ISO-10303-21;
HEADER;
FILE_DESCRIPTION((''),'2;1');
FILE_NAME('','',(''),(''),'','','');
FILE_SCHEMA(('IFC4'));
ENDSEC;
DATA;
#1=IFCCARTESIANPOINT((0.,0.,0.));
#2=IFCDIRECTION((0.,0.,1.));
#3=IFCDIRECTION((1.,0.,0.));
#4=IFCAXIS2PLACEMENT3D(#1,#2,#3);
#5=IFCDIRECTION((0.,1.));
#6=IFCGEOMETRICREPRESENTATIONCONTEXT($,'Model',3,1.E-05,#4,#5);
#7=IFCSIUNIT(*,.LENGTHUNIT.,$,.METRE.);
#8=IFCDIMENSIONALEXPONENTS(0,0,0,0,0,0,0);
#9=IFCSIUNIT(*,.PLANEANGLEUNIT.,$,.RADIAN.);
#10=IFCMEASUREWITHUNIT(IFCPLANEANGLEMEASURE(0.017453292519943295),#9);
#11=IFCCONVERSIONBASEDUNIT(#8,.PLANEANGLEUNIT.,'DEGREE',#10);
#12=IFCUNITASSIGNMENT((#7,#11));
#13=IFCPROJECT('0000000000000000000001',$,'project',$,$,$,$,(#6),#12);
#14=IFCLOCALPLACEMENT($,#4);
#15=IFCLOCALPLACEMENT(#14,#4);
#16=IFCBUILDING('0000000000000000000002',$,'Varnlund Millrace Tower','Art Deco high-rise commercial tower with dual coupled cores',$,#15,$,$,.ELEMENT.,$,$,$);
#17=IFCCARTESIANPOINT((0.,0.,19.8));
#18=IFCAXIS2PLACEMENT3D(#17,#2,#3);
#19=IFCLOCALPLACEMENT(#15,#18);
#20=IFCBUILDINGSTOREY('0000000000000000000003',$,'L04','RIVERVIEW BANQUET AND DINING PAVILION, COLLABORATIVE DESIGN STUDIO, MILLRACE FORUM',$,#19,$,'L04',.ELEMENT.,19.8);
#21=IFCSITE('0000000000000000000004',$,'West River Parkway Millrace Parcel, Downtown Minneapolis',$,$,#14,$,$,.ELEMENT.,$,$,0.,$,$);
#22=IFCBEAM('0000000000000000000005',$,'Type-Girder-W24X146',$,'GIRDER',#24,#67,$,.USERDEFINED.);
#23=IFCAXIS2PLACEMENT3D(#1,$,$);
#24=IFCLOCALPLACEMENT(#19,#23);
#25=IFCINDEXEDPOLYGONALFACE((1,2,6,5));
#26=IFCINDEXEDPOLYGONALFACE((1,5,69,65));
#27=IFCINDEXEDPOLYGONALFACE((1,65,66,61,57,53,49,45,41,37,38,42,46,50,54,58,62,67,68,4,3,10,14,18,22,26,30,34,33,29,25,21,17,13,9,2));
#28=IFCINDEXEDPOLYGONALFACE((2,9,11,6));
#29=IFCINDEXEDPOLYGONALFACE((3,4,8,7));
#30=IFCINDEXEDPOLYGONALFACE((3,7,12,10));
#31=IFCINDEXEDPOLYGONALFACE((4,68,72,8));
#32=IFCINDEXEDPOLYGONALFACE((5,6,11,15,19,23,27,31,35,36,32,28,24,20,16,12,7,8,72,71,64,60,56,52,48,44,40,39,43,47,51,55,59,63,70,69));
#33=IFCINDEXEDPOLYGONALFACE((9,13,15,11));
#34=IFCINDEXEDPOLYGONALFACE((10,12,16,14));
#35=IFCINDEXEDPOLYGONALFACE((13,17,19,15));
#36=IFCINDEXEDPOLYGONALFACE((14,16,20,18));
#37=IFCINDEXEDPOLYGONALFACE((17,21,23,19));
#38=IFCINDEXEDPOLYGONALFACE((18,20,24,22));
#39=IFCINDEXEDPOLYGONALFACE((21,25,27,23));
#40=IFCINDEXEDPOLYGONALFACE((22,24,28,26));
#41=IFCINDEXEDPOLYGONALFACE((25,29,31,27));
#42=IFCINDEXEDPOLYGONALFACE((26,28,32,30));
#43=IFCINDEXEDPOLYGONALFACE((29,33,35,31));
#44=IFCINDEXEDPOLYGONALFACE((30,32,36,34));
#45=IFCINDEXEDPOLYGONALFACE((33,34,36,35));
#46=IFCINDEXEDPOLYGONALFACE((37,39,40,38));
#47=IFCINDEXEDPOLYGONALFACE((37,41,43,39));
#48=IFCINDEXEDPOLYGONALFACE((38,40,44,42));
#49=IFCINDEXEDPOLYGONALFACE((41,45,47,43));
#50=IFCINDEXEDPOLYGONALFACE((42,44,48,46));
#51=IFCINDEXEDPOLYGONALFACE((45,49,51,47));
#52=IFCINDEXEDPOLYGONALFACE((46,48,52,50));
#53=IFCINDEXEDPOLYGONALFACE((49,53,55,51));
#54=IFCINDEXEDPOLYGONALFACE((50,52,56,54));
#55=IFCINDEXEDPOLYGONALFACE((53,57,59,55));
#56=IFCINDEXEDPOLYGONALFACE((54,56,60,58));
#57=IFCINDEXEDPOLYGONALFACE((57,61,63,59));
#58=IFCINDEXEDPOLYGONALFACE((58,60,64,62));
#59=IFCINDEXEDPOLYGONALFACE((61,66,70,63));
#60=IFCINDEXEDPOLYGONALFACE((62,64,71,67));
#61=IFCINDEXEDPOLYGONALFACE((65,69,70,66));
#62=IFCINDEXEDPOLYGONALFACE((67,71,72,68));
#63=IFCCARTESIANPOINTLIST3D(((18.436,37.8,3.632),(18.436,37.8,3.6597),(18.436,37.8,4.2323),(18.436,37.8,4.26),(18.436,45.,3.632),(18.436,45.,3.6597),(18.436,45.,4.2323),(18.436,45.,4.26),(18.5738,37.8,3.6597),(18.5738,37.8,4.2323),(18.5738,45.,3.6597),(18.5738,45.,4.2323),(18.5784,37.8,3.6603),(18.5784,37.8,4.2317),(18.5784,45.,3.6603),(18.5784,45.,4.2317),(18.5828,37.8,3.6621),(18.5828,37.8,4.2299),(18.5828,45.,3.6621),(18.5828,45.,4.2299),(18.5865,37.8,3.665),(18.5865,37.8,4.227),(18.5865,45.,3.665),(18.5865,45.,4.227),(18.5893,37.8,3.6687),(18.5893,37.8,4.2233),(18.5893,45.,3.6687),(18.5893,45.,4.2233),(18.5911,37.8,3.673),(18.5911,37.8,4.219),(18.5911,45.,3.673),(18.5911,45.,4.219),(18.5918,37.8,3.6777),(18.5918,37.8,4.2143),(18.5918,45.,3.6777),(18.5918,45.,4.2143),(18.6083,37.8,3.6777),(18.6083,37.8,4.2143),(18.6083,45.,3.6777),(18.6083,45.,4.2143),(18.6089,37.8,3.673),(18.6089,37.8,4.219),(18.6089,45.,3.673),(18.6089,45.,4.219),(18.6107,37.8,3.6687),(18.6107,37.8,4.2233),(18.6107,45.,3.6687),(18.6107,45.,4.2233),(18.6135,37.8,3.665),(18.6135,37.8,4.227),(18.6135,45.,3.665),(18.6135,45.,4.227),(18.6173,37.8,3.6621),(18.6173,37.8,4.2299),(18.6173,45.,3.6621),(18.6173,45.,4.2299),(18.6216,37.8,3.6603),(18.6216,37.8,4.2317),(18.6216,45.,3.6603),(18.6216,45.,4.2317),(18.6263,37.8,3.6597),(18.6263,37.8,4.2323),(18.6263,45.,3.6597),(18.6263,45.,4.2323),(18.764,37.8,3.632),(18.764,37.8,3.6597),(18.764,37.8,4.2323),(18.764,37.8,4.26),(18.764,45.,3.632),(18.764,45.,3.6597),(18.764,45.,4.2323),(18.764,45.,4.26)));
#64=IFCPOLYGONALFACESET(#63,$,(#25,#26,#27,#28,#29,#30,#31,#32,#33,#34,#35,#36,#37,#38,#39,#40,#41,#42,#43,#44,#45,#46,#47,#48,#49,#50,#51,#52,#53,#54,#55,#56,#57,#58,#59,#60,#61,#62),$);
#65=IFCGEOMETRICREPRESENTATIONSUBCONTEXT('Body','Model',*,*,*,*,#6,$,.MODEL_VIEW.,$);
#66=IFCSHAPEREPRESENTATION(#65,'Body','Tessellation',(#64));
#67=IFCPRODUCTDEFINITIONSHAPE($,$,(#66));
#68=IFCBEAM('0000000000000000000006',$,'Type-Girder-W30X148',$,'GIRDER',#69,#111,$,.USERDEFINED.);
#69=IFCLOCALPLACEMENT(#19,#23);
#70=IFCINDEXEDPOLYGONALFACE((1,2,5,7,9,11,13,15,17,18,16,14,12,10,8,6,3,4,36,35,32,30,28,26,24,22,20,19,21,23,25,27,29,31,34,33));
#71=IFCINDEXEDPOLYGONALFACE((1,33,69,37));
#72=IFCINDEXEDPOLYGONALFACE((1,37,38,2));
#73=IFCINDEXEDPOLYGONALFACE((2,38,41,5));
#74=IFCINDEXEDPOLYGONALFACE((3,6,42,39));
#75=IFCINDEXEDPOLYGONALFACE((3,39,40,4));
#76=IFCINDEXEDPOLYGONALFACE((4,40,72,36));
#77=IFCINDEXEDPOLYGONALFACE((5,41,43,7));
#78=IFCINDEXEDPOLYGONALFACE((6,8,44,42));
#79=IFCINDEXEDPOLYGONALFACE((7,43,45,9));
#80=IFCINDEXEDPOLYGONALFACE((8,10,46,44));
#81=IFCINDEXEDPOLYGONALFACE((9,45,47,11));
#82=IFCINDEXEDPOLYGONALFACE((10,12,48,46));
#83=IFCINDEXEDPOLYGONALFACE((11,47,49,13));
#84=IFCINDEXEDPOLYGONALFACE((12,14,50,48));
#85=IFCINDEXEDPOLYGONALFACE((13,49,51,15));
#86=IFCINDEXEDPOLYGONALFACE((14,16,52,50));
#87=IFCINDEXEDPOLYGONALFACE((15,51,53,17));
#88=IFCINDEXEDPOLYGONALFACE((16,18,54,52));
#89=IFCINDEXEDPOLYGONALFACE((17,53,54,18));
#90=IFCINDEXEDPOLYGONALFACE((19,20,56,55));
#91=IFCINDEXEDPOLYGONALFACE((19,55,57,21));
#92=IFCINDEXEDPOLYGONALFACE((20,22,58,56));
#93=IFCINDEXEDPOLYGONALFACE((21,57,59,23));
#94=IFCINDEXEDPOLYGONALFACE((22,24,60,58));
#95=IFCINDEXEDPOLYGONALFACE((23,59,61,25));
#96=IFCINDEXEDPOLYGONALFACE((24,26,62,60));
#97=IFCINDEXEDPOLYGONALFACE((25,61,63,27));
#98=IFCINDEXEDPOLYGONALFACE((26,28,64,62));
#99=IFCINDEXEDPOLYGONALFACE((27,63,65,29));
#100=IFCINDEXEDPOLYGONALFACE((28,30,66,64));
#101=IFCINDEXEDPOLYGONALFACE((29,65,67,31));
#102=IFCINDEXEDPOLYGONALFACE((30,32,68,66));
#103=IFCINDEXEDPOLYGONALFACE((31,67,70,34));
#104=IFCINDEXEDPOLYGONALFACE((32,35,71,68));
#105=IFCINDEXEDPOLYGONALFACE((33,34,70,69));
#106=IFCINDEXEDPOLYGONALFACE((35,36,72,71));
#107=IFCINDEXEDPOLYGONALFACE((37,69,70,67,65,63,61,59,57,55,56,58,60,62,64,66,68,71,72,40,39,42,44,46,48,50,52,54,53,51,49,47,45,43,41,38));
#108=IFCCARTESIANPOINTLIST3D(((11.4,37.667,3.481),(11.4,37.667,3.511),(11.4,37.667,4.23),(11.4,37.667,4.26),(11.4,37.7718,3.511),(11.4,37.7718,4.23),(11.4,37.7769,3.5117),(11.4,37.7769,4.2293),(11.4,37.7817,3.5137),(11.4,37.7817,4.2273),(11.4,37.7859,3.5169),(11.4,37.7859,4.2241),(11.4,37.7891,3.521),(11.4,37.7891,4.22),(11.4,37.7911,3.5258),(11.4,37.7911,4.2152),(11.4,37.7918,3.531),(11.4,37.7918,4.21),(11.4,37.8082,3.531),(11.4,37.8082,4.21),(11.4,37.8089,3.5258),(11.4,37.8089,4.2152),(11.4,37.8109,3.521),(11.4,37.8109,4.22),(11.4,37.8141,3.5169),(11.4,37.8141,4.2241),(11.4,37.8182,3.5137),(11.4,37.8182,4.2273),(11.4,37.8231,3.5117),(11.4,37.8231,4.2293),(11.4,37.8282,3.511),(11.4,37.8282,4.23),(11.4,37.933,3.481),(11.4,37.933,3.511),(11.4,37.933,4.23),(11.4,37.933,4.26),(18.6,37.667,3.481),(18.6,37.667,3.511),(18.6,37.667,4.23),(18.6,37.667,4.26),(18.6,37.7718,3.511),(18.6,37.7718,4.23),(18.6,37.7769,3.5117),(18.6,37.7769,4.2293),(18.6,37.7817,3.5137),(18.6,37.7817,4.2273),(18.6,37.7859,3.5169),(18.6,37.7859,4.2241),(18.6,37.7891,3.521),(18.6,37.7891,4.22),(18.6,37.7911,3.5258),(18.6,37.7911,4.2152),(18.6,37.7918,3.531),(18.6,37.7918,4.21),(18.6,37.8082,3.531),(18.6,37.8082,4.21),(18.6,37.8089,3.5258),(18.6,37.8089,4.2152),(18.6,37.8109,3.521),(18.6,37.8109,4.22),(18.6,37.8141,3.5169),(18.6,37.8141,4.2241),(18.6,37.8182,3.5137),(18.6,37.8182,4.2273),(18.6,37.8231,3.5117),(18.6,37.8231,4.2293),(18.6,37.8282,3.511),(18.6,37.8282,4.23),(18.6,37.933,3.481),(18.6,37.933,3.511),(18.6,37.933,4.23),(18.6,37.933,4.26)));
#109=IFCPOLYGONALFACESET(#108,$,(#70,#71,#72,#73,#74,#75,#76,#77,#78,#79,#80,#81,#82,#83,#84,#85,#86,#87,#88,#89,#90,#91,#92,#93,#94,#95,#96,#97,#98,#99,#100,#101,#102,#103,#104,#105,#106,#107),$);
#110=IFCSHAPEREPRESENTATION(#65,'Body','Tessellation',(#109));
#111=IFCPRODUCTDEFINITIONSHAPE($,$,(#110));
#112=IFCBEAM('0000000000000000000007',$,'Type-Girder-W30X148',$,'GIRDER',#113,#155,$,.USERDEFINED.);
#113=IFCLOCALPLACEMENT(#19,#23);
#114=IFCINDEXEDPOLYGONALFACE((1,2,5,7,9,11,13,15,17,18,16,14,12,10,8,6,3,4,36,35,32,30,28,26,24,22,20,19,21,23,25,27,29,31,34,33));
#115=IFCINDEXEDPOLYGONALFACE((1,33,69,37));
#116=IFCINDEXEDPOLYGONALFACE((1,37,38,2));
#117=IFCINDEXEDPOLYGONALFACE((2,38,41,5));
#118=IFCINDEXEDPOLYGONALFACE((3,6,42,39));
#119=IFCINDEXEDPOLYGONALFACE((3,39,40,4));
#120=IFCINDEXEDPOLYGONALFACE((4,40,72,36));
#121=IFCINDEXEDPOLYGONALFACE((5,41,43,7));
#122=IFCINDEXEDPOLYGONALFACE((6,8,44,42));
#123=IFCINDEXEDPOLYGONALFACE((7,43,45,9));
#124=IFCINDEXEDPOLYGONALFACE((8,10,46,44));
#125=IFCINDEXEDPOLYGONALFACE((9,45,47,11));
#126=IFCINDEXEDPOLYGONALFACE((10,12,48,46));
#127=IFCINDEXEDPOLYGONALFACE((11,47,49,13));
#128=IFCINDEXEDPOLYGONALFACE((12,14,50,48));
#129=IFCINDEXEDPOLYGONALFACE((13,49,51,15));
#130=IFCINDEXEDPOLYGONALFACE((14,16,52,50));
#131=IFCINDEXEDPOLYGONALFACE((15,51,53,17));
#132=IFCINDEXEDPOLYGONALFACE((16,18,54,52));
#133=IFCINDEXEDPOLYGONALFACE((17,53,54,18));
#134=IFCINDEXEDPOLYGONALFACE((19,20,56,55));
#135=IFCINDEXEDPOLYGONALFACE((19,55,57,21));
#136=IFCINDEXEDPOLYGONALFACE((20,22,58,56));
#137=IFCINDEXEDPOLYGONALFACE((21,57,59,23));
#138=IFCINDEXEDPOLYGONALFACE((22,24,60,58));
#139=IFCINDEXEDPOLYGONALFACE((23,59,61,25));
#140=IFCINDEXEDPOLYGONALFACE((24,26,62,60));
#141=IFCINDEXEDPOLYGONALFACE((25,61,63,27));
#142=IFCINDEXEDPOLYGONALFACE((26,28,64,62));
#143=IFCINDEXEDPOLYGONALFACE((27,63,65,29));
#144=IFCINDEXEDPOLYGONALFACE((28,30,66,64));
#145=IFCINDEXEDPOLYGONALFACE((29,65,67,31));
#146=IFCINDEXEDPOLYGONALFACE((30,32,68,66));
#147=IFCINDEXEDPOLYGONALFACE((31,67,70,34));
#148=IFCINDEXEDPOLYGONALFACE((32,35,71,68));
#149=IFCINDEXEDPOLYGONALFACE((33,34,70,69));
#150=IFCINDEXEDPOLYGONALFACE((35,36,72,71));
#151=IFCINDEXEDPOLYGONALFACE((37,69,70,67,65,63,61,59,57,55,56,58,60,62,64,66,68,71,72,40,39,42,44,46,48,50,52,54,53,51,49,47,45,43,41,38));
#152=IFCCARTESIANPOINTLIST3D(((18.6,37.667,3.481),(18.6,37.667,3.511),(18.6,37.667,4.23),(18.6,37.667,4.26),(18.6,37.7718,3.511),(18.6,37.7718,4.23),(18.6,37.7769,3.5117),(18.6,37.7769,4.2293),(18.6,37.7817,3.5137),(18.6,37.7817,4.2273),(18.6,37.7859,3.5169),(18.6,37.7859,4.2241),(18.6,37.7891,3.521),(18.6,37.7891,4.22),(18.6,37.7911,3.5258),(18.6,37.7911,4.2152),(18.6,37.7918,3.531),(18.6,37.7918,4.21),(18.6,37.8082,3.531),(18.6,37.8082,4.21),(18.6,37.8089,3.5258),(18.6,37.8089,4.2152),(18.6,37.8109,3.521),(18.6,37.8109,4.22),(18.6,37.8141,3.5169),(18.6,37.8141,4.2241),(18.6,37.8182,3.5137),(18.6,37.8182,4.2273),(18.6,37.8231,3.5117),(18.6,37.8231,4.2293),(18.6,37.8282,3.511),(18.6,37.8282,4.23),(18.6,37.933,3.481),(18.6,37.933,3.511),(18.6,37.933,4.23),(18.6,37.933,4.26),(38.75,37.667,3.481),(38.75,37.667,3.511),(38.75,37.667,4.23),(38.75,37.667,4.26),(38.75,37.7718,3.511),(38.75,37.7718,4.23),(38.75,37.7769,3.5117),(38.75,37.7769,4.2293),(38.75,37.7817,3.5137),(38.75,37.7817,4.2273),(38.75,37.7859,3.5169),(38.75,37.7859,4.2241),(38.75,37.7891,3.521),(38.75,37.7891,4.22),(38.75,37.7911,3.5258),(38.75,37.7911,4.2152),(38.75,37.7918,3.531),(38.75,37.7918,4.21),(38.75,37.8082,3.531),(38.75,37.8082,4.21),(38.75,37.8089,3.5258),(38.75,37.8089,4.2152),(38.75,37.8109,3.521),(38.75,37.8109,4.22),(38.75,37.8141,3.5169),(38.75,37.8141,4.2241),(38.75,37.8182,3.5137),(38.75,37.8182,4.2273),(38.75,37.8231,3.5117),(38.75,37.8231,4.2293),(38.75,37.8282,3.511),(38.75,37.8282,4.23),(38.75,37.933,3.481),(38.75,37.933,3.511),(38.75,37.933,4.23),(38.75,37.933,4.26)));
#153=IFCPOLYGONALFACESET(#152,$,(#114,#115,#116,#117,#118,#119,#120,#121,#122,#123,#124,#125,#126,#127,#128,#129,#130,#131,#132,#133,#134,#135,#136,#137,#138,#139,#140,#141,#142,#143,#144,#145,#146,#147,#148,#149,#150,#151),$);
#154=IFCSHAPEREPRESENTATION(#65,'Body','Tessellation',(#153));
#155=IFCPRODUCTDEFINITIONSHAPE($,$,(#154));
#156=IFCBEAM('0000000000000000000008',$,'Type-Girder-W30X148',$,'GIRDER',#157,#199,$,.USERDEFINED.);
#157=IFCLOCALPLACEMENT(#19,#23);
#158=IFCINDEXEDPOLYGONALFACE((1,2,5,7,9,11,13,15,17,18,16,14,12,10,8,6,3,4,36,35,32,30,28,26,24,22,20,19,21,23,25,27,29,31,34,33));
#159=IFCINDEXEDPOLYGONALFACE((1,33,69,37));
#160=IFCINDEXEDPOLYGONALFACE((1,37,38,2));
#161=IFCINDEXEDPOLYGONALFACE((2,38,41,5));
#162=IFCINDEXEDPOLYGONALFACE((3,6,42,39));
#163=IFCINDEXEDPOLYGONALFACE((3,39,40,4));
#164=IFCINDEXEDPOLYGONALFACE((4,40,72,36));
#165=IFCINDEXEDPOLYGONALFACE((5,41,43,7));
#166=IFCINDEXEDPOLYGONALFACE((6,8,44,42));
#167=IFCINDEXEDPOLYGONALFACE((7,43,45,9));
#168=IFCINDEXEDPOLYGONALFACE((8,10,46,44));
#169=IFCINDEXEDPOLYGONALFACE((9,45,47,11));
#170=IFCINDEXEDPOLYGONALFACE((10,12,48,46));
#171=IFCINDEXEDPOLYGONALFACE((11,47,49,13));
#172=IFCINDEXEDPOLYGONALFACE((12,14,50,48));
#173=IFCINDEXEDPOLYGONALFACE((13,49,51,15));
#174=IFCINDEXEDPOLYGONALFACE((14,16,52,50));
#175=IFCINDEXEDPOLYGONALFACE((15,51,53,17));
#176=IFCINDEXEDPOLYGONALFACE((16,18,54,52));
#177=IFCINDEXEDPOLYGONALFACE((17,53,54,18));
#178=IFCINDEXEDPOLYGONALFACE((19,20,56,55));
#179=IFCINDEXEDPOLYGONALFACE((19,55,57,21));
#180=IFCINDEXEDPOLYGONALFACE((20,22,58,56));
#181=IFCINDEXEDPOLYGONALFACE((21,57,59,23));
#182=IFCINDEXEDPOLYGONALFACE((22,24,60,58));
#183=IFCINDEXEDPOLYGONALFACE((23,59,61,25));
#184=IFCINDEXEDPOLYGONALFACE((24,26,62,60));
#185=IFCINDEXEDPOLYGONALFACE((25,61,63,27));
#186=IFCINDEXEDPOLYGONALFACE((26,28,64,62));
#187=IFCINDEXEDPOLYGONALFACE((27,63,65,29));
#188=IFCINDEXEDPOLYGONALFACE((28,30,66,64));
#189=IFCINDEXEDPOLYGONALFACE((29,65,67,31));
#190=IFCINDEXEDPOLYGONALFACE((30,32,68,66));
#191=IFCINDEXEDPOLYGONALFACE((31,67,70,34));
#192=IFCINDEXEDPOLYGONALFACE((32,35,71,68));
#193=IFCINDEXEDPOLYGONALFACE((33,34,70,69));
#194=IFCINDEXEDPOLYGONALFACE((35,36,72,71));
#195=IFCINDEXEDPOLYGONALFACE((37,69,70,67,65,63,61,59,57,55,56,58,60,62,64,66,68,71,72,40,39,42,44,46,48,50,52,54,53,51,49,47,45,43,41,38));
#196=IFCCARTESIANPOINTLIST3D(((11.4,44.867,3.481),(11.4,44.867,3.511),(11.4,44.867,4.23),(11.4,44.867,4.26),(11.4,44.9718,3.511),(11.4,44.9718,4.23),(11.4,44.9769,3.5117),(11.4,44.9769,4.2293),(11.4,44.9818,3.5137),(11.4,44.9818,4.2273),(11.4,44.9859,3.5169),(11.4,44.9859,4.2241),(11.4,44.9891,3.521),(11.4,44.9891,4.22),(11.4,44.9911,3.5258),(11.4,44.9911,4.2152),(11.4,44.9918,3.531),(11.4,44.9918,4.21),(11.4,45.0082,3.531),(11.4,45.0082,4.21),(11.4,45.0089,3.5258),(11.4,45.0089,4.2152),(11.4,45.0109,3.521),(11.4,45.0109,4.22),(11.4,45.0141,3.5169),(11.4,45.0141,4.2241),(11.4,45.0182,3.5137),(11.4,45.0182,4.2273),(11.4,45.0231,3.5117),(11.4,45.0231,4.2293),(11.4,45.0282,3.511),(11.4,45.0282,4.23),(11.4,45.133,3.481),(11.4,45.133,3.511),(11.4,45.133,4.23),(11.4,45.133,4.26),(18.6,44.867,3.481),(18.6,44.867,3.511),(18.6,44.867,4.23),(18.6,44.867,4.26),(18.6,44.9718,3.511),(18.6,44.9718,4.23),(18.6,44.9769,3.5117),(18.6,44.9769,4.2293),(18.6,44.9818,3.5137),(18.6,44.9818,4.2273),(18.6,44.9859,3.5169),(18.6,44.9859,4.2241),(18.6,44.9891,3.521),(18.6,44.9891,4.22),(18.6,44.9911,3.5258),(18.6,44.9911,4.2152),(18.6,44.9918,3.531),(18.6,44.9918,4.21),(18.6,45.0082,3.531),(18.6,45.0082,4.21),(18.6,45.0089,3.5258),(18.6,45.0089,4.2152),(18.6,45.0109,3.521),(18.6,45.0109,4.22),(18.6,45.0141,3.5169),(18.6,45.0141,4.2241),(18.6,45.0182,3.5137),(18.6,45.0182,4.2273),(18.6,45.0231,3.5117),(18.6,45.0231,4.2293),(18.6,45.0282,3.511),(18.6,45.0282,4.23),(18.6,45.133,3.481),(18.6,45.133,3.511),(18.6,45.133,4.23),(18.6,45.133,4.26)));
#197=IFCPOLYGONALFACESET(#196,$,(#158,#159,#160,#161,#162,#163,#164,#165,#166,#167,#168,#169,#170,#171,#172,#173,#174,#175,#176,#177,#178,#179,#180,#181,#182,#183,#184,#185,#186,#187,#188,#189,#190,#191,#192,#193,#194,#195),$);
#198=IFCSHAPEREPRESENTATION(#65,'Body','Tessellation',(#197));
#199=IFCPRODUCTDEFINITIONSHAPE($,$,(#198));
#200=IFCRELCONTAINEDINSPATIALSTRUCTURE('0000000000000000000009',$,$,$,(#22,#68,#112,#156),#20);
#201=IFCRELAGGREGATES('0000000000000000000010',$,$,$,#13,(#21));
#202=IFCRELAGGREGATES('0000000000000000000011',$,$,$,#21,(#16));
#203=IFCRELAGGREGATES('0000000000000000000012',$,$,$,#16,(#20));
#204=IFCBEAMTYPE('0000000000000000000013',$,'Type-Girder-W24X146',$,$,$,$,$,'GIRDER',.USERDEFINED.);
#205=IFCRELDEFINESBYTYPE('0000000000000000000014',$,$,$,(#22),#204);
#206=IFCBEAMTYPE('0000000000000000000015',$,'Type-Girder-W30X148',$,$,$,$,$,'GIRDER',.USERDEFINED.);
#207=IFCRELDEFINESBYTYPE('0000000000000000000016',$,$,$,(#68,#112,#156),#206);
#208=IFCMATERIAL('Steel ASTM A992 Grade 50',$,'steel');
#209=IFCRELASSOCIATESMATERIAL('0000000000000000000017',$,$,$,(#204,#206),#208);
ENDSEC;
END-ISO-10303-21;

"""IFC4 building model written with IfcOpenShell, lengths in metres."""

from ifc_helpers import new_model, entity, si_unit, converted_unit, direction, frame, origin_with_axes, origin_2d_with_axis, place, context, subcontext, project, spatial, i_section, extrude, material, material_profile, profile_set, type_object, element, save


model = new_model("IFC4")

# Units and contexts
model_context = context("Model", 3, precision=1e-05, world=origin_with_axes(), true_north=direction((0.0, 1.0)))
body_context = subcontext(model_context, "Body", "Model", "MODEL_VIEW")
ifc_project = project(units=[si_unit("LENGTHUNIT", "METRE"), converted_unit("PLANEANGLEUNIT", "DEGREE", entity("IfcPlaneAngleMeasure", 0.017453292519943295), si_unit("PLANEANGLEUNIT", "RADIAN"), dimensions=[0, 0, 0, 0, 0, 0, 0])], contexts=[model_context])

# Site, building, storey
site_placement = place(None, origin_with_axes())
site = spatial("IfcSite", under=ifc_project, at=site_placement, Name="West River Parkway Millrace Parcel, Downtown Minneapolis", CompositionType="ELEMENT", RefElevation=0.0)
building_placement = place(site_placement, origin_with_axes())
building = spatial("IfcBuilding", under=site, at=building_placement, Name="Varnlund Millrace Tower", Description="Art Deco high-rise commercial tower with dual coupled cores", CompositionType="ELEMENT")
storey_placement = place(building_placement, frame((0.0, 0.0, 19.8), z_axis=(0.0, 0.0, 1.0), x_axis=(1.0, 0.0, 0.0)))
storey = spatial("IfcBuildingStorey", under=building, at=storey_placement, Name="L04", Description="RIVERVIEW BANQUET AND DINING PAVILION, COLLABORATIVE DESIGN STUDIO, MILLRACE FORUM", LongName="L04", CompositionType="ELEMENT", Elevation=19.8)

# Beams
ifc_material_1 = material(Name="Steel ASTM A992 Grade 50", Category="steel")
ifc_material_profile_1 = material_profile(ifc_material_1, i_section(OverallWidth=0.328, OverallDepth=0.628, WebThickness=0.0165, FlangeThickness=0.0277, FilletRadius=0.018, at=origin_2d_with_axis()), Name="Steel ASTM A992 Grade 50")
ifc_profile_set_1 = profile_set([ifc_material_profile_1], Name="Steel ASTM A992 Grade 50")
beam_type_1 = type_object("IfcBeamType", Name="Type-Girder-W24X146", ElementType="GIRDER", PredefinedType="USERDEFINED", material=ifc_profile_set_1)
beam_1_placement = place(storey_placement, frame((18.6, 37.8, 3.946), z_axis=(0.0, 1.0, 0.0), x_axis=(-1.0, 0.0, 0.0)))
element("IfcBeam", 1, at=beam_1_placement, inside=storey, type_object=beam_type_1, Name="Type-Girder-W24X146", ObjectType="GIRDER", PredefinedType="USERDEFINED", context=body_context, shape_type="SweptSolid", body=[
    extrude(i_section(OverallWidth=0.328, OverallDepth=0.628, WebThickness=0.0165, FlangeThickness=0.0277, FilletRadius=0.018, at=origin_2d_with_axis()), origin_with_axes(), (0.0, 0.0, 1.0), 7.2),
])
ifc_material_profile_2 = material_profile(ifc_material_1, i_section(OverallWidth=0.266, OverallDepth=0.779, WebThickness=0.0165, FlangeThickness=0.03, FilletRadius=0.02, at=origin_2d_with_axis()), Name="Steel ASTM A992 Grade 50")
ifc_profile_set_2 = profile_set([ifc_material_profile_2], Name="Steel ASTM A992 Grade 50")
beam_type_2 = type_object("IfcBeamType", Name="Type-Girder-W30X148", ElementType="GIRDER", PredefinedType="USERDEFINED", material=ifc_profile_set_2)
beam_2_placement = place(storey_placement, frame((11.4, 37.8, 3.8705), z_axis=(1.0, 0.0, 0.0), x_axis=(0.0, 1.0, 0.0)))
element("IfcBeam", 2, at=beam_2_placement, inside=storey, type_object=beam_type_2, Name="Type-Girder-W30X148", ObjectType="GIRDER", PredefinedType="USERDEFINED", context=body_context, shape_type="SweptSolid", body=[
    extrude(i_section(OverallWidth=0.266, OverallDepth=0.779, WebThickness=0.0165, FlangeThickness=0.03, FilletRadius=0.02, at=origin_2d_with_axis()), origin_with_axes(), (0.0, 0.0, 1.0), 7.2),
])
beam_3_placement = place(storey_placement, frame((18.6, 37.8, 3.8705), z_axis=(1.0, 0.0, 0.0), x_axis=(0.0, 1.0, 0.0)))
element("IfcBeam", 3, at=beam_3_placement, inside=storey, type_object=beam_type_2, Name="Type-Girder-W30X148", ObjectType="GIRDER", PredefinedType="USERDEFINED", context=body_context, shape_type="SweptSolid", body=[
    extrude(i_section(OverallWidth=0.266, OverallDepth=0.779, WebThickness=0.0165, FlangeThickness=0.03, FilletRadius=0.02, at=origin_2d_with_axis()), origin_with_axes(), (0.0, 0.0, 1.0), 20.15),
])
beam_4_placement = place(storey_placement, frame((11.4, 45.0, 3.8705), z_axis=(1.0, 0.0, 0.0), x_axis=(0.0, 1.0, 0.0)))
element("IfcBeam", 4, at=beam_4_placement, inside=storey, type_object=beam_type_2, Name="Type-Girder-W30X148", ObjectType="GIRDER", PredefinedType="USERDEFINED", context=body_context, shape_type="SweptSolid", body=[
    extrude(i_section(OverallWidth=0.266, OverallDepth=0.779, WebThickness=0.0165, FlangeThickness=0.03, FilletRadius=0.02, at=origin_2d_with_axis()), origin_with_axes(), (0.0, 0.0, 1.0), 7.2),
])

save(model, "model.ifc")
